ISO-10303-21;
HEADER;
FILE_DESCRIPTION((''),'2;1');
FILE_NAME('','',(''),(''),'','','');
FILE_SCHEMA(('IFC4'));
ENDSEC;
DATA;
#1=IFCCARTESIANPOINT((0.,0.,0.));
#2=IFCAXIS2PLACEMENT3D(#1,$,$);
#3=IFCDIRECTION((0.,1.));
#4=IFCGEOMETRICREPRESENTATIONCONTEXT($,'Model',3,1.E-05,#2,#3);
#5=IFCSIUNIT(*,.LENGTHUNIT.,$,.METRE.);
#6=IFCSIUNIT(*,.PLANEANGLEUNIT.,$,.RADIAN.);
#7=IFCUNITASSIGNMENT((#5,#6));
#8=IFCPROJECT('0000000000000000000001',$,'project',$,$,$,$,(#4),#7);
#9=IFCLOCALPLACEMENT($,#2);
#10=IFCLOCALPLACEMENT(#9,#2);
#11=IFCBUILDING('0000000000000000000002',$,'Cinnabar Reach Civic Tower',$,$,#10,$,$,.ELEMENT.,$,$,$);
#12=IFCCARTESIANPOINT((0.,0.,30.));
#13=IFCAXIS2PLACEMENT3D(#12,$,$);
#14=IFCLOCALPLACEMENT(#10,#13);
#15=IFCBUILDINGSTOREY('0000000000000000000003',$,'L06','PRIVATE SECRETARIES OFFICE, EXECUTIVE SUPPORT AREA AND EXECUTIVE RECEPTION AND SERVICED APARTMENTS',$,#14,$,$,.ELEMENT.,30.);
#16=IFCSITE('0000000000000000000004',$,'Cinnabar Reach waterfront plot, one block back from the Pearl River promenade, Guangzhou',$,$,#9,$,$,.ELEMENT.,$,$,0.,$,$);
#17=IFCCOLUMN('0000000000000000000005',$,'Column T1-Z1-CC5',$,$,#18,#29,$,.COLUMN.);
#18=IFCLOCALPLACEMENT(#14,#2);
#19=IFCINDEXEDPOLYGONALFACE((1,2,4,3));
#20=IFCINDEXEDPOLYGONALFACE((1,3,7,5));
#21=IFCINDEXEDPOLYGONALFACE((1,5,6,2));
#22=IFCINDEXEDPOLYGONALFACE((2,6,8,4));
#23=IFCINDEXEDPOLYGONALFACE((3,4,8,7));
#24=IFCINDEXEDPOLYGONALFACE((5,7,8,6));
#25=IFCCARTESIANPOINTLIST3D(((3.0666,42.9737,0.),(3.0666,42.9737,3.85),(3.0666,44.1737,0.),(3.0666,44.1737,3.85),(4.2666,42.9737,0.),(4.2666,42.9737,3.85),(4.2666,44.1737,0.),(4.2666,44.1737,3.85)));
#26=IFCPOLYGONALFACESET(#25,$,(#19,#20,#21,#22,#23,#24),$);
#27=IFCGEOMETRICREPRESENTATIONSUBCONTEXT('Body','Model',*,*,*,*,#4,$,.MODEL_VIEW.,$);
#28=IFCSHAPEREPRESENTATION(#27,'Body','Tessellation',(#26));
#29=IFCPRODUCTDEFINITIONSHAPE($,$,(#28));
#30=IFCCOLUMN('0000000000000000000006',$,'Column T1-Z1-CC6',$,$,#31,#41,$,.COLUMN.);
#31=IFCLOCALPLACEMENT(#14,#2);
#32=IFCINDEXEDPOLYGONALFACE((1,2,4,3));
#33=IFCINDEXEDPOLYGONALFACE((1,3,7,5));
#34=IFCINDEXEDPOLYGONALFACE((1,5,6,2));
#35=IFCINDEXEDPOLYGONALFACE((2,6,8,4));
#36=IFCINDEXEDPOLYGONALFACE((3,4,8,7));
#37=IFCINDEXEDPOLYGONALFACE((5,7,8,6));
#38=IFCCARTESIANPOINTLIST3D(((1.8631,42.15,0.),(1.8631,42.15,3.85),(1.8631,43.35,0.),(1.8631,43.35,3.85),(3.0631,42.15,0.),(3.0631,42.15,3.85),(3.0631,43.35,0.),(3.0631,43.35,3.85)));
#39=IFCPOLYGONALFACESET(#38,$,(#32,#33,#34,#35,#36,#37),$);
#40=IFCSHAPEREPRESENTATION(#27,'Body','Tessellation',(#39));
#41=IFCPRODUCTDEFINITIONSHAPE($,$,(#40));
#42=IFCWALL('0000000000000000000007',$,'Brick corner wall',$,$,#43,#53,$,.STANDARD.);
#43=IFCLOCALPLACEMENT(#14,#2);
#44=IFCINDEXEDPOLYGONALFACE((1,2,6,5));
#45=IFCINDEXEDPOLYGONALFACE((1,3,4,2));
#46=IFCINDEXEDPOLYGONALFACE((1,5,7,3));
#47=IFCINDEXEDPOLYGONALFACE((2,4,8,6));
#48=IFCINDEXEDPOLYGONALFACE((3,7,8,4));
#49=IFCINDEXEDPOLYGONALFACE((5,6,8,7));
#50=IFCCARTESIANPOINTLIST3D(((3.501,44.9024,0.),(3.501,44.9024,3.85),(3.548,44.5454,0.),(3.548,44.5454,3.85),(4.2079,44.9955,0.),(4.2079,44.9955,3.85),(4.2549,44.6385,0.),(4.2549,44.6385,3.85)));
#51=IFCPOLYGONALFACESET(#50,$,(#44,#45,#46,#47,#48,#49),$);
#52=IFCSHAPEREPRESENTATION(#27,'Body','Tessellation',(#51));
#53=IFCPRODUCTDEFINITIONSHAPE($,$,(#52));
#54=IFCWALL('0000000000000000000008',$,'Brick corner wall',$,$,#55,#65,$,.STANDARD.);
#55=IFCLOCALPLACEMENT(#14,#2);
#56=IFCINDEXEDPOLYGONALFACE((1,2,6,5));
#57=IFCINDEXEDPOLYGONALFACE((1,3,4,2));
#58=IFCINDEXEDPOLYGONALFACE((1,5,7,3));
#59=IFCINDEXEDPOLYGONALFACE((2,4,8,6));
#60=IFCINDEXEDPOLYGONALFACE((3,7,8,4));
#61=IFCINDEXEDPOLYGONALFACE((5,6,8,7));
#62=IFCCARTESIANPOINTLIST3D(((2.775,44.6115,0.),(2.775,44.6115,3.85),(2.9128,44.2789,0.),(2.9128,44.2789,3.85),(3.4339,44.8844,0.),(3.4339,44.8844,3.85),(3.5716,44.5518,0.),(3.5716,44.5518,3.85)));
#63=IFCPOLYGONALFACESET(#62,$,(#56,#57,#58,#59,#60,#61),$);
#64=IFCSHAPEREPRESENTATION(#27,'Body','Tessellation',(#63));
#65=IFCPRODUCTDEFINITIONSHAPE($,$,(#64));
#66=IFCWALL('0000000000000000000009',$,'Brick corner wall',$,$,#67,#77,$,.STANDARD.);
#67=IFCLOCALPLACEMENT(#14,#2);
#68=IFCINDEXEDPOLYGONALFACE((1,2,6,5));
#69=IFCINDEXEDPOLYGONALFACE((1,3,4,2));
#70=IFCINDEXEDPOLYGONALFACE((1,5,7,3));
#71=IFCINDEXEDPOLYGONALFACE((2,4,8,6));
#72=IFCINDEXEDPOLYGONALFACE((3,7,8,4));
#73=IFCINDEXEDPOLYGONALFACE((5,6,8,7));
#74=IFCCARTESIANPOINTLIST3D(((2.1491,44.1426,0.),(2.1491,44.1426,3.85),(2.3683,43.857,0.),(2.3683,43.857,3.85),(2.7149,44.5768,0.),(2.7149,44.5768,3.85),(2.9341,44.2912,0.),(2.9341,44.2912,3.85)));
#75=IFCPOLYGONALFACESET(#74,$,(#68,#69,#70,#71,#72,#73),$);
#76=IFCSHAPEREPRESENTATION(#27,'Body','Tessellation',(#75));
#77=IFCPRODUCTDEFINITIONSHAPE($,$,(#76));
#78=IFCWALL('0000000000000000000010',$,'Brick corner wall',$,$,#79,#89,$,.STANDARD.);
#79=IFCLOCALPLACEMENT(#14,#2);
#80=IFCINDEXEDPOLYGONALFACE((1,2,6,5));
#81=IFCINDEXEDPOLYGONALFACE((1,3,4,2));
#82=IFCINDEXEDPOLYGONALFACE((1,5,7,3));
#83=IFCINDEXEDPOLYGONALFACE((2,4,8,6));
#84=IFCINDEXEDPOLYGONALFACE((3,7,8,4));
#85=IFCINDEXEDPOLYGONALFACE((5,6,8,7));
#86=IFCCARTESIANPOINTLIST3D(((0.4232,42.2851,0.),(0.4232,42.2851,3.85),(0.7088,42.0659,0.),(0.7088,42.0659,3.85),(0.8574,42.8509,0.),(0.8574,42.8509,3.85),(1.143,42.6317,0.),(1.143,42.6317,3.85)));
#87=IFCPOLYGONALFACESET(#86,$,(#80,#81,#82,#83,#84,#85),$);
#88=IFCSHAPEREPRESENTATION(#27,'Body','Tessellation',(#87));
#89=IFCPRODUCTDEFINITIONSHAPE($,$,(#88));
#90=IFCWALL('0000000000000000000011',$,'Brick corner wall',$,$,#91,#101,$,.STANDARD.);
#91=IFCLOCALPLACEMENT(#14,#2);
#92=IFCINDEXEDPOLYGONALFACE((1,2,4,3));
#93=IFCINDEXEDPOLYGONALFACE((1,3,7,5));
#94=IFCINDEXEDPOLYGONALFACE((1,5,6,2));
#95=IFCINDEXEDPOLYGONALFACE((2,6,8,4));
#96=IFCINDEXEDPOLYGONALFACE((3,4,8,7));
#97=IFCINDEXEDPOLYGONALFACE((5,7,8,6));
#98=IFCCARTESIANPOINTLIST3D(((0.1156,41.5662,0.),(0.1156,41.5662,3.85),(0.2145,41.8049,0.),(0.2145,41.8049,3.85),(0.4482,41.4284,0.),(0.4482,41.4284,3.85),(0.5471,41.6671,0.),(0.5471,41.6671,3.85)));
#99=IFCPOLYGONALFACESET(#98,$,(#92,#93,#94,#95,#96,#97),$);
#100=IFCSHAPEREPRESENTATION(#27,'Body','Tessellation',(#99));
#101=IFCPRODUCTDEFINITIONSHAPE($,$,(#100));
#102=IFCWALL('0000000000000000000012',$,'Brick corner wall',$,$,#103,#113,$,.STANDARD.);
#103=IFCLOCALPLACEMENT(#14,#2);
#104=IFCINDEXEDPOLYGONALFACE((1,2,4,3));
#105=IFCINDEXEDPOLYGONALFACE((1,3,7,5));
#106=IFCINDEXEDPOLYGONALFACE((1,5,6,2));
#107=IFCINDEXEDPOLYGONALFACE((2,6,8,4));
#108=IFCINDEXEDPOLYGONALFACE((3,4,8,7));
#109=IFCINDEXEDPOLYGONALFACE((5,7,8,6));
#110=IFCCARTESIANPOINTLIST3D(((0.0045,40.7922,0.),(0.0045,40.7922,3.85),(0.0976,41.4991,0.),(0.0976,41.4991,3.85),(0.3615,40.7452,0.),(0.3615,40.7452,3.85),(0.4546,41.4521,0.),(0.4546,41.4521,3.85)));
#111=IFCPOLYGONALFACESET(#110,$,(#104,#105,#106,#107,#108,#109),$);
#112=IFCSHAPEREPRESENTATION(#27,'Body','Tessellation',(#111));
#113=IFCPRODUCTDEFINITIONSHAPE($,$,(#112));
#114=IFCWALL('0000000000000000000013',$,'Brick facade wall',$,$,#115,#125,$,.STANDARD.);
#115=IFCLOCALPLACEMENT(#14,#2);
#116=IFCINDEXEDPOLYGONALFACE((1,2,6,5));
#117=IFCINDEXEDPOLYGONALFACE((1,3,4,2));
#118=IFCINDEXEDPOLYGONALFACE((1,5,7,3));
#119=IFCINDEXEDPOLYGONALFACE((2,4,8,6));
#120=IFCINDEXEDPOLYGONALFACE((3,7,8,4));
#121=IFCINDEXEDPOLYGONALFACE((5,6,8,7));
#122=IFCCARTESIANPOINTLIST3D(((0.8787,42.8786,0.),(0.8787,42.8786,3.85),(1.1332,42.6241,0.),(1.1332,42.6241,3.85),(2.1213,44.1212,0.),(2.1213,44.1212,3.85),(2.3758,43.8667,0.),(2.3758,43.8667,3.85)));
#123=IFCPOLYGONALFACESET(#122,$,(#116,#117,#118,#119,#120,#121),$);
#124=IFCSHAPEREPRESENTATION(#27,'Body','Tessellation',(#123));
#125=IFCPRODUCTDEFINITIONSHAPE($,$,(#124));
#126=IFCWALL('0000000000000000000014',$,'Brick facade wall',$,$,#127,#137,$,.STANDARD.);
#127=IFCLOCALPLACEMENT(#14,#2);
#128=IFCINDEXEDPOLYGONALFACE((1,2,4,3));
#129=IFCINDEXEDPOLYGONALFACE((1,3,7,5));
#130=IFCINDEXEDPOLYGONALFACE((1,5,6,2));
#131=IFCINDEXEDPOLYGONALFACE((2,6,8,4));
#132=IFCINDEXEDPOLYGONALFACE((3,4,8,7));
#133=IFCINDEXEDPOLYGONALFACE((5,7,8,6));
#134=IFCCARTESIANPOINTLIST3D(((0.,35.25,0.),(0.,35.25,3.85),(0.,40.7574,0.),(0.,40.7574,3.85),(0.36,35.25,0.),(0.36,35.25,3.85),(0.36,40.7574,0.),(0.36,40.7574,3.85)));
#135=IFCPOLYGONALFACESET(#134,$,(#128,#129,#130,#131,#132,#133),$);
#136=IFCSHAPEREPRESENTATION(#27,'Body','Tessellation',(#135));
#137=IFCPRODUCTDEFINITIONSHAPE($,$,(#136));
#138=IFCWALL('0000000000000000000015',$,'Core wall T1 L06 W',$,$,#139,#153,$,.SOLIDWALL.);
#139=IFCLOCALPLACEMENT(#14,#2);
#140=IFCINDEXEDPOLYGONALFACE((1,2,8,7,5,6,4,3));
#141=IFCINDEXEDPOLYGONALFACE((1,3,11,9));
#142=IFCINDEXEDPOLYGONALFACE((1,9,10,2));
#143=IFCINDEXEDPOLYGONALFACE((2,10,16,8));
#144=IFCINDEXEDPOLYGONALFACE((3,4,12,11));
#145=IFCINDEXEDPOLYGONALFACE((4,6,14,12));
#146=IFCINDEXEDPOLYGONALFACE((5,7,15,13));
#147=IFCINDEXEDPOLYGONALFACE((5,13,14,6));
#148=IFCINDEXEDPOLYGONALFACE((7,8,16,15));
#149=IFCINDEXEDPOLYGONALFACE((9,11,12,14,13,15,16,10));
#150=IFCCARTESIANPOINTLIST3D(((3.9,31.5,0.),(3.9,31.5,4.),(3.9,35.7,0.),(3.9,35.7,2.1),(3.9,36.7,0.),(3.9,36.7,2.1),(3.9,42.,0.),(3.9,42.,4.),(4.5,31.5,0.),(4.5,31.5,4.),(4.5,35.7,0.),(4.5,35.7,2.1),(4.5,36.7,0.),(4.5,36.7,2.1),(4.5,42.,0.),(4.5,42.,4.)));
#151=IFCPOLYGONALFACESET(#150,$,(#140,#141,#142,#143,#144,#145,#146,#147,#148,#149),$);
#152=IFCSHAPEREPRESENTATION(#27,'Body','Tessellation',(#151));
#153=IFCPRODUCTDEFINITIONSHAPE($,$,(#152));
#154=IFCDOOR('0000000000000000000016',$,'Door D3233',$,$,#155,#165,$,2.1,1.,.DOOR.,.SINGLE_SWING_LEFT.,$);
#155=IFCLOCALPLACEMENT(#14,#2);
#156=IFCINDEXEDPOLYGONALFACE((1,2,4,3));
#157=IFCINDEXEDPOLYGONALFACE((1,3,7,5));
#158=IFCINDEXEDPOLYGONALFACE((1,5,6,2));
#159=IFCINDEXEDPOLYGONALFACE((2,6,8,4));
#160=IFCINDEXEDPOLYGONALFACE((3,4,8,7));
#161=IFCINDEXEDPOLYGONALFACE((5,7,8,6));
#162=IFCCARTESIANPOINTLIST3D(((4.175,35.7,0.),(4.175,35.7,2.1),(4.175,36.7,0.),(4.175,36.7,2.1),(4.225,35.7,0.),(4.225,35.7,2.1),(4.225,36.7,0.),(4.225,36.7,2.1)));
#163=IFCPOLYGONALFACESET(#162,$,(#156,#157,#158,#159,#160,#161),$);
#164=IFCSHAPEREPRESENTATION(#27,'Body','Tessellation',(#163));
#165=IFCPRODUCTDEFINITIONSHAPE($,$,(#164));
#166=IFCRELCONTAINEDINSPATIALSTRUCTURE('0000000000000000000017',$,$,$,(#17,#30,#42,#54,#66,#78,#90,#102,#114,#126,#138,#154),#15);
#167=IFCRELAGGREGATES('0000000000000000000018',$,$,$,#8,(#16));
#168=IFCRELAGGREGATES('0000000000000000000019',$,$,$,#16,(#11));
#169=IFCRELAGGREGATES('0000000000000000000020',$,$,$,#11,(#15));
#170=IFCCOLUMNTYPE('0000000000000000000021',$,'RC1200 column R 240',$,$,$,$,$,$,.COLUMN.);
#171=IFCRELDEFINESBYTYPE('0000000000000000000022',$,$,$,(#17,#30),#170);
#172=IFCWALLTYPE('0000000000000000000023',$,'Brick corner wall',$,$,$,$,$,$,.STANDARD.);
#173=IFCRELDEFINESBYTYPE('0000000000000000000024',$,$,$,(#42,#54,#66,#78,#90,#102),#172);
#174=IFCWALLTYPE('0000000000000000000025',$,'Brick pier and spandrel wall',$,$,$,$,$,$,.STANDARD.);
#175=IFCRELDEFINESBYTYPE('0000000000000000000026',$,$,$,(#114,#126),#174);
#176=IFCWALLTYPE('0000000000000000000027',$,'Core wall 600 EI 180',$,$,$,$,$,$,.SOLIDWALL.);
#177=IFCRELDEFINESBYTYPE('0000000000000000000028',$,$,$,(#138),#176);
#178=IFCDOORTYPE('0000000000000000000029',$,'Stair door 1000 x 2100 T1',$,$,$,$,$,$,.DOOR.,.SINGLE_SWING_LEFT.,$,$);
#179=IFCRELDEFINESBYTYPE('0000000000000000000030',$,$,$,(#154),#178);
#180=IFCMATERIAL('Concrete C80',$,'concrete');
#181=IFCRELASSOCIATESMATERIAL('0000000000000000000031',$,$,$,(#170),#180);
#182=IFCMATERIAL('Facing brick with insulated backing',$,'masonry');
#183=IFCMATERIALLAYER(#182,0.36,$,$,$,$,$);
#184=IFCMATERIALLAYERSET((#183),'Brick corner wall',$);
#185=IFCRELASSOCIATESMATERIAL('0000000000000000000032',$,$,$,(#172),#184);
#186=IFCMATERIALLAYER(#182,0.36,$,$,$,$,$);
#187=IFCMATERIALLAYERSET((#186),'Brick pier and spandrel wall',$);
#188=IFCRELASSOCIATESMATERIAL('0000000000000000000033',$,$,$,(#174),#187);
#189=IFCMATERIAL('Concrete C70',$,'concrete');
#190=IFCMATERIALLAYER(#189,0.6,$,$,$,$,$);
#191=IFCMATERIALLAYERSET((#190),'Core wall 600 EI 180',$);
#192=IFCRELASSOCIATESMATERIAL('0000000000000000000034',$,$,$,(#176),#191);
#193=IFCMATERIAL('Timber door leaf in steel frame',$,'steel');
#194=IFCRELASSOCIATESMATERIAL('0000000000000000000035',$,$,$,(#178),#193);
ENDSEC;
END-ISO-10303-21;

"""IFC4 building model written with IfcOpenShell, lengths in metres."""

from ifc_helpers import new_model, si_unit, direction, frame, frame_2d, origin, origin_2d, place, context, subcontext, project, spatial, rectangle, extrude, material, layer, layer_set, material_profile, profile_set, type_object, element, fill, save


model = new_model("IFC4")

# Units and contexts
model_context = context("Model", 3, precision=1e-05, world=origin(), true_north=direction((0.0, 1.0)))
body_context = subcontext(model_context, "Body", "Model", "MODEL_VIEW")
ifc_project = project(units=[si_unit("LENGTHUNIT", "METRE"), si_unit("PLANEANGLEUNIT", "RADIAN")], contexts=[model_context])

# Site, building, storey
site_placement = place(None, origin())
site = spatial("IfcSite", under=ifc_project, at=site_placement, Name="Cinnabar Reach waterfront plot, one block back from the Pearl River promenade, Guangzhou", CompositionType="ELEMENT", RefElevation=0.0)
building_placement = place(site_placement, origin())
building = spatial("IfcBuilding", under=site, at=building_placement, Name="Cinnabar Reach Civic Tower", CompositionType="ELEMENT")
storey_placement = place(building_placement, frame((0.0, 0.0, 30.0)))
storey = spatial("IfcBuildingStorey", under=building, at=storey_placement, Name="L06", Description="PRIVATE SECRETARIES OFFICE, EXECUTIVE SUPPORT AREA AND EXECUTIVE RECEPTION AND SERVICED APARTMENTS", CompositionType="ELEMENT", Elevation=30.0)

# Columns
ifc_material_1 = material(Name="Concrete C80", Category="concrete")
ifc_material_profile = material_profile(ifc_material_1, rectangle(XDim=1.2, YDim=1.2, at=origin_2d()), Name="RC1200")
ifc_profile_set = profile_set([ifc_material_profile], Name="Concrete C80")
column_type = type_object("IfcColumnType", Name="RC1200 column R 240", PredefinedType="COLUMN", material=ifc_profile_set)
for number, where, z_axis, x_axis, name in (
    (1, (3.6666, 43.5737, 0.0), (0.0, 0.0, 1.0), (1.0, 0.0, 0.0), "Column T1-Z1-CC5"),
    (2, (2.4631, 42.75, 0.0), (0.0, 0.0, 1.0), (1.0, 0.0, 0.0), "Column T1-Z1-CC6"),
):
    element("IfcColumn", number, at=place(storey_placement, frame(where, z_axis=z_axis, x_axis=x_axis)), inside=storey, type_object=column_type, Name=name, PredefinedType="COLUMN", context=body_context, shape_type="SweptSolid", body=[
        extrude(rectangle(XDim=1.2, YDim=1.2, at=origin_2d()), origin(), (0.0, 0.0, 1.0), 3.85),
    ])

# Walls
ifc_material_2 = material(Name="Facing brick with insulated backing", Category="masonry")
ifc_layer_1 = layer(ifc_material_2, 0.36)
ifc_layer_set_1 = layer_set([ifc_layer_1], Name="Brick corner wall")
wall_type_1 = type_object("IfcWallType", Name="Brick corner wall", PredefinedType="STANDARD", material=ifc_layer_set_1)
for number, where, z_axis, x_axis, name in (
    (3, (4.2314, 44.817, 0.0), (0.0, 0.0, 1.0), (-0.991441, -0.130556, 0.0), "Brick corner wall"),
    (4, (3.5027, 44.7181, 0.0), (0.0, 0.0, 1.0), (-0.923872, -0.382703, 0.0), "Brick corner wall"),
):
    element("IfcWall", number, at=place(storey_placement, frame(where, z_axis=z_axis, x_axis=x_axis)), inside=storey, type_object=wall_type_1, Name=name, PredefinedType="STANDARD", context=body_context, shape_type="SweptSolid", body=[
        extrude(rectangle(XDim=0.7131, YDim=0.36, at=frame_2d((0.3565, 0.0))), origin(), (0.0, 0.0, 1.0), 3.85),
    ])
for number, where, z_axis, x_axis, name in (
    (5, (2.8245, 44.434, 0.0), (0.0, 0.0, 1.0), (-0.793322, -0.608802, 0.0), "Brick corner wall"),
    (6, (1.0002, 42.7413, 0.0), (0.0, 0.0, 1.0), (-0.608802, -0.793322, 0.0), "Brick corner wall"),
):
    element("IfcWall", number, at=place(storey_placement, frame(where, z_axis=z_axis, x_axis=x_axis)), inside=storey, type_object=wall_type_1, Name=name, PredefinedType="STANDARD", context=body_context, shape_type="SweptSolid", body=[
        extrude(rectangle(XDim=0.7132, YDim=0.36, at=frame_2d((0.3566, 0.0))), origin(), (0.0, 0.0, 1.0), 3.85),
    ])
wall_1_placement = place(storey_placement, frame((0.3808, 41.736, 0.0), z_axis=(0.0, 0.0, 1.0), x_axis=(-0.382773, -0.923842, 0.0)))
element("IfcWall", 7, at=wall_1_placement, inside=storey, type_object=wall_type_1, Name="Brick corner wall", PredefinedType="STANDARD", context=body_context, shape_type="SweptSolid", body=[
    extrude(rectangle(XDim=0.2584, YDim=0.36, at=frame_2d((0.1292, 0.0))), origin(), (0.0, 0.0, 1.0), 3.85),
])
wall_2_placement = place(storey_placement, frame((0.2761, 41.4756, 0.0), z_axis=(0.0, 0.0, 1.0), x_axis=(-0.130556, -0.991441, 0.0)))
element("IfcWall", 8, at=wall_2_placement, inside=storey, type_object=wall_type_1, Name="Brick corner wall", PredefinedType="STANDARD", context=body_context, shape_type="SweptSolid", body=[
    extrude(rectangle(XDim=0.7131, YDim=0.36, at=frame_2d((0.3565, 0.0))), origin(), (0.0, 0.0, 1.0), 3.85),
])
ifc_layer_2 = layer(ifc_material_2, 0.36)
ifc_layer_set_2 = layer_set([ifc_layer_2], Name="Brick pier and spandrel wall")
wall_type_2 = type_object("IfcWallType", Name="Brick pier and spandrel wall", PredefinedType="STANDARD", material=ifc_layer_set_2)
wall_3_placement = place(storey_placement, frame((2.2486, 43.994, 0.0), z_axis=(0.0, 0.0, 1.0), x_axis=(-0.707107, -0.707107, 0.0)))
element("IfcWall", 9, at=wall_3_placement, inside=storey, type_object=wall_type_2, Name="Brick facade wall", PredefinedType="STANDARD", context=body_context, shape_type="SweptSolid", body=[
    extrude(rectangle(XDim=1.7573, YDim=0.36, at=frame_2d((0.8787, 0.0))), origin(), (0.0, 0.0, 1.0), 3.85),
])
wall_4_placement = place(storey_placement, frame((0.18, 40.7574, 0.0), z_axis=(0.0, 0.0, 1.0), x_axis=(0.0, -1.0, 0.0)))
element("IfcWall", 10, at=wall_4_placement, inside=storey, type_object=wall_type_2, Name="Brick facade wall", PredefinedType="STANDARD", context=body_context, shape_type="SweptSolid", body=[
    extrude(rectangle(XDim=5.5074, YDim=0.36, at=frame_2d((2.7537, 0.0))), origin(), (0.0, 0.0, 1.0), 3.85),
])

# Wall, opening, door
ifc_material_3 = material(Name="Concrete C70", Category="concrete")
ifc_layer_3 = layer(ifc_material_3, 0.6)
ifc_layer_set_3 = layer_set([ifc_layer_3], Name="Core wall 600 EI 180")
wall_type_3 = type_object("IfcWallType", Name="Core wall 600 EI 180", PredefinedType="SOLIDWALL", material=ifc_layer_set_3)
wall_5_placement = place(storey_placement, frame((4.2, 42.0, 0.0), z_axis=(0.0, 0.0, 1.0), x_axis=(0.0, -1.0, 0.0)))
wall_5 = element("IfcWall", 11, at=wall_5_placement, inside=storey, type_object=wall_type_3, Name="Core wall T1 L06 W", PredefinedType="SOLIDWALL", context=body_context, shape_type="SweptSolid", body=[
    extrude(rectangle(XDim=10.5, YDim=0.6, at=frame_2d((5.25, 0.0))), origin(), (0.0, 0.0, 1.0), 4.0),
])
opening_1_placement = place(wall_5_placement, frame((5.3, 0.0, 0.0)))
opening_1 = element("IfcOpeningElement", 12, at=opening_1_placement, cuts=wall_5, PredefinedType="OPENING", context=body_context, shape_type="SweptSolid", body=[
    extrude(rectangle(XDim=1.0, YDim=2.1, at=frame_2d((0.5, 1.05))), frame((0.0, 0.31, 0.0), z_axis=(0.0, -1.0, 0.0), x_axis=(1.0, 0.0, 0.0)), (0.0, 0.0, 1.0), 0.62),
])
ifc_material_4 = material(Name="Timber door leaf in steel frame", Category="steel")
door_type_1 = type_object("IfcDoorType", Name="Stair door 1000 x 2100 T1", OperationType="SINGLE_SWING_LEFT", PredefinedType="DOOR", material=ifc_material_4)
door_1_placement = place(opening_1_placement, frame((1.0, 0.0, 0.0), z_axis=(0.0, 0.0, 1.0), x_axis=(-1.0, 0.0, 0.0)))
door_1 = element("IfcDoor", 13, at=door_1_placement, inside=storey, type_object=door_type_1, Name="Door D3233", OperationType="SINGLE_SWING_LEFT", OverallHeight=2.1, OverallWidth=1.0, PredefinedType="DOOR", context=body_context, shape_type="SweptSolid", body=[
    extrude(rectangle(XDim=1.0, YDim=2.1, at=frame_2d((0.5, 1.05))), frame((0.0, 0.025, 0.0), z_axis=(0.0, -1.0, 0.0), x_axis=(1.0, 0.0, 0.0)), (0.0, 0.0, 1.0), 0.05),
])
fill(opening_1, door_1)

save(model, "model.ifc")
